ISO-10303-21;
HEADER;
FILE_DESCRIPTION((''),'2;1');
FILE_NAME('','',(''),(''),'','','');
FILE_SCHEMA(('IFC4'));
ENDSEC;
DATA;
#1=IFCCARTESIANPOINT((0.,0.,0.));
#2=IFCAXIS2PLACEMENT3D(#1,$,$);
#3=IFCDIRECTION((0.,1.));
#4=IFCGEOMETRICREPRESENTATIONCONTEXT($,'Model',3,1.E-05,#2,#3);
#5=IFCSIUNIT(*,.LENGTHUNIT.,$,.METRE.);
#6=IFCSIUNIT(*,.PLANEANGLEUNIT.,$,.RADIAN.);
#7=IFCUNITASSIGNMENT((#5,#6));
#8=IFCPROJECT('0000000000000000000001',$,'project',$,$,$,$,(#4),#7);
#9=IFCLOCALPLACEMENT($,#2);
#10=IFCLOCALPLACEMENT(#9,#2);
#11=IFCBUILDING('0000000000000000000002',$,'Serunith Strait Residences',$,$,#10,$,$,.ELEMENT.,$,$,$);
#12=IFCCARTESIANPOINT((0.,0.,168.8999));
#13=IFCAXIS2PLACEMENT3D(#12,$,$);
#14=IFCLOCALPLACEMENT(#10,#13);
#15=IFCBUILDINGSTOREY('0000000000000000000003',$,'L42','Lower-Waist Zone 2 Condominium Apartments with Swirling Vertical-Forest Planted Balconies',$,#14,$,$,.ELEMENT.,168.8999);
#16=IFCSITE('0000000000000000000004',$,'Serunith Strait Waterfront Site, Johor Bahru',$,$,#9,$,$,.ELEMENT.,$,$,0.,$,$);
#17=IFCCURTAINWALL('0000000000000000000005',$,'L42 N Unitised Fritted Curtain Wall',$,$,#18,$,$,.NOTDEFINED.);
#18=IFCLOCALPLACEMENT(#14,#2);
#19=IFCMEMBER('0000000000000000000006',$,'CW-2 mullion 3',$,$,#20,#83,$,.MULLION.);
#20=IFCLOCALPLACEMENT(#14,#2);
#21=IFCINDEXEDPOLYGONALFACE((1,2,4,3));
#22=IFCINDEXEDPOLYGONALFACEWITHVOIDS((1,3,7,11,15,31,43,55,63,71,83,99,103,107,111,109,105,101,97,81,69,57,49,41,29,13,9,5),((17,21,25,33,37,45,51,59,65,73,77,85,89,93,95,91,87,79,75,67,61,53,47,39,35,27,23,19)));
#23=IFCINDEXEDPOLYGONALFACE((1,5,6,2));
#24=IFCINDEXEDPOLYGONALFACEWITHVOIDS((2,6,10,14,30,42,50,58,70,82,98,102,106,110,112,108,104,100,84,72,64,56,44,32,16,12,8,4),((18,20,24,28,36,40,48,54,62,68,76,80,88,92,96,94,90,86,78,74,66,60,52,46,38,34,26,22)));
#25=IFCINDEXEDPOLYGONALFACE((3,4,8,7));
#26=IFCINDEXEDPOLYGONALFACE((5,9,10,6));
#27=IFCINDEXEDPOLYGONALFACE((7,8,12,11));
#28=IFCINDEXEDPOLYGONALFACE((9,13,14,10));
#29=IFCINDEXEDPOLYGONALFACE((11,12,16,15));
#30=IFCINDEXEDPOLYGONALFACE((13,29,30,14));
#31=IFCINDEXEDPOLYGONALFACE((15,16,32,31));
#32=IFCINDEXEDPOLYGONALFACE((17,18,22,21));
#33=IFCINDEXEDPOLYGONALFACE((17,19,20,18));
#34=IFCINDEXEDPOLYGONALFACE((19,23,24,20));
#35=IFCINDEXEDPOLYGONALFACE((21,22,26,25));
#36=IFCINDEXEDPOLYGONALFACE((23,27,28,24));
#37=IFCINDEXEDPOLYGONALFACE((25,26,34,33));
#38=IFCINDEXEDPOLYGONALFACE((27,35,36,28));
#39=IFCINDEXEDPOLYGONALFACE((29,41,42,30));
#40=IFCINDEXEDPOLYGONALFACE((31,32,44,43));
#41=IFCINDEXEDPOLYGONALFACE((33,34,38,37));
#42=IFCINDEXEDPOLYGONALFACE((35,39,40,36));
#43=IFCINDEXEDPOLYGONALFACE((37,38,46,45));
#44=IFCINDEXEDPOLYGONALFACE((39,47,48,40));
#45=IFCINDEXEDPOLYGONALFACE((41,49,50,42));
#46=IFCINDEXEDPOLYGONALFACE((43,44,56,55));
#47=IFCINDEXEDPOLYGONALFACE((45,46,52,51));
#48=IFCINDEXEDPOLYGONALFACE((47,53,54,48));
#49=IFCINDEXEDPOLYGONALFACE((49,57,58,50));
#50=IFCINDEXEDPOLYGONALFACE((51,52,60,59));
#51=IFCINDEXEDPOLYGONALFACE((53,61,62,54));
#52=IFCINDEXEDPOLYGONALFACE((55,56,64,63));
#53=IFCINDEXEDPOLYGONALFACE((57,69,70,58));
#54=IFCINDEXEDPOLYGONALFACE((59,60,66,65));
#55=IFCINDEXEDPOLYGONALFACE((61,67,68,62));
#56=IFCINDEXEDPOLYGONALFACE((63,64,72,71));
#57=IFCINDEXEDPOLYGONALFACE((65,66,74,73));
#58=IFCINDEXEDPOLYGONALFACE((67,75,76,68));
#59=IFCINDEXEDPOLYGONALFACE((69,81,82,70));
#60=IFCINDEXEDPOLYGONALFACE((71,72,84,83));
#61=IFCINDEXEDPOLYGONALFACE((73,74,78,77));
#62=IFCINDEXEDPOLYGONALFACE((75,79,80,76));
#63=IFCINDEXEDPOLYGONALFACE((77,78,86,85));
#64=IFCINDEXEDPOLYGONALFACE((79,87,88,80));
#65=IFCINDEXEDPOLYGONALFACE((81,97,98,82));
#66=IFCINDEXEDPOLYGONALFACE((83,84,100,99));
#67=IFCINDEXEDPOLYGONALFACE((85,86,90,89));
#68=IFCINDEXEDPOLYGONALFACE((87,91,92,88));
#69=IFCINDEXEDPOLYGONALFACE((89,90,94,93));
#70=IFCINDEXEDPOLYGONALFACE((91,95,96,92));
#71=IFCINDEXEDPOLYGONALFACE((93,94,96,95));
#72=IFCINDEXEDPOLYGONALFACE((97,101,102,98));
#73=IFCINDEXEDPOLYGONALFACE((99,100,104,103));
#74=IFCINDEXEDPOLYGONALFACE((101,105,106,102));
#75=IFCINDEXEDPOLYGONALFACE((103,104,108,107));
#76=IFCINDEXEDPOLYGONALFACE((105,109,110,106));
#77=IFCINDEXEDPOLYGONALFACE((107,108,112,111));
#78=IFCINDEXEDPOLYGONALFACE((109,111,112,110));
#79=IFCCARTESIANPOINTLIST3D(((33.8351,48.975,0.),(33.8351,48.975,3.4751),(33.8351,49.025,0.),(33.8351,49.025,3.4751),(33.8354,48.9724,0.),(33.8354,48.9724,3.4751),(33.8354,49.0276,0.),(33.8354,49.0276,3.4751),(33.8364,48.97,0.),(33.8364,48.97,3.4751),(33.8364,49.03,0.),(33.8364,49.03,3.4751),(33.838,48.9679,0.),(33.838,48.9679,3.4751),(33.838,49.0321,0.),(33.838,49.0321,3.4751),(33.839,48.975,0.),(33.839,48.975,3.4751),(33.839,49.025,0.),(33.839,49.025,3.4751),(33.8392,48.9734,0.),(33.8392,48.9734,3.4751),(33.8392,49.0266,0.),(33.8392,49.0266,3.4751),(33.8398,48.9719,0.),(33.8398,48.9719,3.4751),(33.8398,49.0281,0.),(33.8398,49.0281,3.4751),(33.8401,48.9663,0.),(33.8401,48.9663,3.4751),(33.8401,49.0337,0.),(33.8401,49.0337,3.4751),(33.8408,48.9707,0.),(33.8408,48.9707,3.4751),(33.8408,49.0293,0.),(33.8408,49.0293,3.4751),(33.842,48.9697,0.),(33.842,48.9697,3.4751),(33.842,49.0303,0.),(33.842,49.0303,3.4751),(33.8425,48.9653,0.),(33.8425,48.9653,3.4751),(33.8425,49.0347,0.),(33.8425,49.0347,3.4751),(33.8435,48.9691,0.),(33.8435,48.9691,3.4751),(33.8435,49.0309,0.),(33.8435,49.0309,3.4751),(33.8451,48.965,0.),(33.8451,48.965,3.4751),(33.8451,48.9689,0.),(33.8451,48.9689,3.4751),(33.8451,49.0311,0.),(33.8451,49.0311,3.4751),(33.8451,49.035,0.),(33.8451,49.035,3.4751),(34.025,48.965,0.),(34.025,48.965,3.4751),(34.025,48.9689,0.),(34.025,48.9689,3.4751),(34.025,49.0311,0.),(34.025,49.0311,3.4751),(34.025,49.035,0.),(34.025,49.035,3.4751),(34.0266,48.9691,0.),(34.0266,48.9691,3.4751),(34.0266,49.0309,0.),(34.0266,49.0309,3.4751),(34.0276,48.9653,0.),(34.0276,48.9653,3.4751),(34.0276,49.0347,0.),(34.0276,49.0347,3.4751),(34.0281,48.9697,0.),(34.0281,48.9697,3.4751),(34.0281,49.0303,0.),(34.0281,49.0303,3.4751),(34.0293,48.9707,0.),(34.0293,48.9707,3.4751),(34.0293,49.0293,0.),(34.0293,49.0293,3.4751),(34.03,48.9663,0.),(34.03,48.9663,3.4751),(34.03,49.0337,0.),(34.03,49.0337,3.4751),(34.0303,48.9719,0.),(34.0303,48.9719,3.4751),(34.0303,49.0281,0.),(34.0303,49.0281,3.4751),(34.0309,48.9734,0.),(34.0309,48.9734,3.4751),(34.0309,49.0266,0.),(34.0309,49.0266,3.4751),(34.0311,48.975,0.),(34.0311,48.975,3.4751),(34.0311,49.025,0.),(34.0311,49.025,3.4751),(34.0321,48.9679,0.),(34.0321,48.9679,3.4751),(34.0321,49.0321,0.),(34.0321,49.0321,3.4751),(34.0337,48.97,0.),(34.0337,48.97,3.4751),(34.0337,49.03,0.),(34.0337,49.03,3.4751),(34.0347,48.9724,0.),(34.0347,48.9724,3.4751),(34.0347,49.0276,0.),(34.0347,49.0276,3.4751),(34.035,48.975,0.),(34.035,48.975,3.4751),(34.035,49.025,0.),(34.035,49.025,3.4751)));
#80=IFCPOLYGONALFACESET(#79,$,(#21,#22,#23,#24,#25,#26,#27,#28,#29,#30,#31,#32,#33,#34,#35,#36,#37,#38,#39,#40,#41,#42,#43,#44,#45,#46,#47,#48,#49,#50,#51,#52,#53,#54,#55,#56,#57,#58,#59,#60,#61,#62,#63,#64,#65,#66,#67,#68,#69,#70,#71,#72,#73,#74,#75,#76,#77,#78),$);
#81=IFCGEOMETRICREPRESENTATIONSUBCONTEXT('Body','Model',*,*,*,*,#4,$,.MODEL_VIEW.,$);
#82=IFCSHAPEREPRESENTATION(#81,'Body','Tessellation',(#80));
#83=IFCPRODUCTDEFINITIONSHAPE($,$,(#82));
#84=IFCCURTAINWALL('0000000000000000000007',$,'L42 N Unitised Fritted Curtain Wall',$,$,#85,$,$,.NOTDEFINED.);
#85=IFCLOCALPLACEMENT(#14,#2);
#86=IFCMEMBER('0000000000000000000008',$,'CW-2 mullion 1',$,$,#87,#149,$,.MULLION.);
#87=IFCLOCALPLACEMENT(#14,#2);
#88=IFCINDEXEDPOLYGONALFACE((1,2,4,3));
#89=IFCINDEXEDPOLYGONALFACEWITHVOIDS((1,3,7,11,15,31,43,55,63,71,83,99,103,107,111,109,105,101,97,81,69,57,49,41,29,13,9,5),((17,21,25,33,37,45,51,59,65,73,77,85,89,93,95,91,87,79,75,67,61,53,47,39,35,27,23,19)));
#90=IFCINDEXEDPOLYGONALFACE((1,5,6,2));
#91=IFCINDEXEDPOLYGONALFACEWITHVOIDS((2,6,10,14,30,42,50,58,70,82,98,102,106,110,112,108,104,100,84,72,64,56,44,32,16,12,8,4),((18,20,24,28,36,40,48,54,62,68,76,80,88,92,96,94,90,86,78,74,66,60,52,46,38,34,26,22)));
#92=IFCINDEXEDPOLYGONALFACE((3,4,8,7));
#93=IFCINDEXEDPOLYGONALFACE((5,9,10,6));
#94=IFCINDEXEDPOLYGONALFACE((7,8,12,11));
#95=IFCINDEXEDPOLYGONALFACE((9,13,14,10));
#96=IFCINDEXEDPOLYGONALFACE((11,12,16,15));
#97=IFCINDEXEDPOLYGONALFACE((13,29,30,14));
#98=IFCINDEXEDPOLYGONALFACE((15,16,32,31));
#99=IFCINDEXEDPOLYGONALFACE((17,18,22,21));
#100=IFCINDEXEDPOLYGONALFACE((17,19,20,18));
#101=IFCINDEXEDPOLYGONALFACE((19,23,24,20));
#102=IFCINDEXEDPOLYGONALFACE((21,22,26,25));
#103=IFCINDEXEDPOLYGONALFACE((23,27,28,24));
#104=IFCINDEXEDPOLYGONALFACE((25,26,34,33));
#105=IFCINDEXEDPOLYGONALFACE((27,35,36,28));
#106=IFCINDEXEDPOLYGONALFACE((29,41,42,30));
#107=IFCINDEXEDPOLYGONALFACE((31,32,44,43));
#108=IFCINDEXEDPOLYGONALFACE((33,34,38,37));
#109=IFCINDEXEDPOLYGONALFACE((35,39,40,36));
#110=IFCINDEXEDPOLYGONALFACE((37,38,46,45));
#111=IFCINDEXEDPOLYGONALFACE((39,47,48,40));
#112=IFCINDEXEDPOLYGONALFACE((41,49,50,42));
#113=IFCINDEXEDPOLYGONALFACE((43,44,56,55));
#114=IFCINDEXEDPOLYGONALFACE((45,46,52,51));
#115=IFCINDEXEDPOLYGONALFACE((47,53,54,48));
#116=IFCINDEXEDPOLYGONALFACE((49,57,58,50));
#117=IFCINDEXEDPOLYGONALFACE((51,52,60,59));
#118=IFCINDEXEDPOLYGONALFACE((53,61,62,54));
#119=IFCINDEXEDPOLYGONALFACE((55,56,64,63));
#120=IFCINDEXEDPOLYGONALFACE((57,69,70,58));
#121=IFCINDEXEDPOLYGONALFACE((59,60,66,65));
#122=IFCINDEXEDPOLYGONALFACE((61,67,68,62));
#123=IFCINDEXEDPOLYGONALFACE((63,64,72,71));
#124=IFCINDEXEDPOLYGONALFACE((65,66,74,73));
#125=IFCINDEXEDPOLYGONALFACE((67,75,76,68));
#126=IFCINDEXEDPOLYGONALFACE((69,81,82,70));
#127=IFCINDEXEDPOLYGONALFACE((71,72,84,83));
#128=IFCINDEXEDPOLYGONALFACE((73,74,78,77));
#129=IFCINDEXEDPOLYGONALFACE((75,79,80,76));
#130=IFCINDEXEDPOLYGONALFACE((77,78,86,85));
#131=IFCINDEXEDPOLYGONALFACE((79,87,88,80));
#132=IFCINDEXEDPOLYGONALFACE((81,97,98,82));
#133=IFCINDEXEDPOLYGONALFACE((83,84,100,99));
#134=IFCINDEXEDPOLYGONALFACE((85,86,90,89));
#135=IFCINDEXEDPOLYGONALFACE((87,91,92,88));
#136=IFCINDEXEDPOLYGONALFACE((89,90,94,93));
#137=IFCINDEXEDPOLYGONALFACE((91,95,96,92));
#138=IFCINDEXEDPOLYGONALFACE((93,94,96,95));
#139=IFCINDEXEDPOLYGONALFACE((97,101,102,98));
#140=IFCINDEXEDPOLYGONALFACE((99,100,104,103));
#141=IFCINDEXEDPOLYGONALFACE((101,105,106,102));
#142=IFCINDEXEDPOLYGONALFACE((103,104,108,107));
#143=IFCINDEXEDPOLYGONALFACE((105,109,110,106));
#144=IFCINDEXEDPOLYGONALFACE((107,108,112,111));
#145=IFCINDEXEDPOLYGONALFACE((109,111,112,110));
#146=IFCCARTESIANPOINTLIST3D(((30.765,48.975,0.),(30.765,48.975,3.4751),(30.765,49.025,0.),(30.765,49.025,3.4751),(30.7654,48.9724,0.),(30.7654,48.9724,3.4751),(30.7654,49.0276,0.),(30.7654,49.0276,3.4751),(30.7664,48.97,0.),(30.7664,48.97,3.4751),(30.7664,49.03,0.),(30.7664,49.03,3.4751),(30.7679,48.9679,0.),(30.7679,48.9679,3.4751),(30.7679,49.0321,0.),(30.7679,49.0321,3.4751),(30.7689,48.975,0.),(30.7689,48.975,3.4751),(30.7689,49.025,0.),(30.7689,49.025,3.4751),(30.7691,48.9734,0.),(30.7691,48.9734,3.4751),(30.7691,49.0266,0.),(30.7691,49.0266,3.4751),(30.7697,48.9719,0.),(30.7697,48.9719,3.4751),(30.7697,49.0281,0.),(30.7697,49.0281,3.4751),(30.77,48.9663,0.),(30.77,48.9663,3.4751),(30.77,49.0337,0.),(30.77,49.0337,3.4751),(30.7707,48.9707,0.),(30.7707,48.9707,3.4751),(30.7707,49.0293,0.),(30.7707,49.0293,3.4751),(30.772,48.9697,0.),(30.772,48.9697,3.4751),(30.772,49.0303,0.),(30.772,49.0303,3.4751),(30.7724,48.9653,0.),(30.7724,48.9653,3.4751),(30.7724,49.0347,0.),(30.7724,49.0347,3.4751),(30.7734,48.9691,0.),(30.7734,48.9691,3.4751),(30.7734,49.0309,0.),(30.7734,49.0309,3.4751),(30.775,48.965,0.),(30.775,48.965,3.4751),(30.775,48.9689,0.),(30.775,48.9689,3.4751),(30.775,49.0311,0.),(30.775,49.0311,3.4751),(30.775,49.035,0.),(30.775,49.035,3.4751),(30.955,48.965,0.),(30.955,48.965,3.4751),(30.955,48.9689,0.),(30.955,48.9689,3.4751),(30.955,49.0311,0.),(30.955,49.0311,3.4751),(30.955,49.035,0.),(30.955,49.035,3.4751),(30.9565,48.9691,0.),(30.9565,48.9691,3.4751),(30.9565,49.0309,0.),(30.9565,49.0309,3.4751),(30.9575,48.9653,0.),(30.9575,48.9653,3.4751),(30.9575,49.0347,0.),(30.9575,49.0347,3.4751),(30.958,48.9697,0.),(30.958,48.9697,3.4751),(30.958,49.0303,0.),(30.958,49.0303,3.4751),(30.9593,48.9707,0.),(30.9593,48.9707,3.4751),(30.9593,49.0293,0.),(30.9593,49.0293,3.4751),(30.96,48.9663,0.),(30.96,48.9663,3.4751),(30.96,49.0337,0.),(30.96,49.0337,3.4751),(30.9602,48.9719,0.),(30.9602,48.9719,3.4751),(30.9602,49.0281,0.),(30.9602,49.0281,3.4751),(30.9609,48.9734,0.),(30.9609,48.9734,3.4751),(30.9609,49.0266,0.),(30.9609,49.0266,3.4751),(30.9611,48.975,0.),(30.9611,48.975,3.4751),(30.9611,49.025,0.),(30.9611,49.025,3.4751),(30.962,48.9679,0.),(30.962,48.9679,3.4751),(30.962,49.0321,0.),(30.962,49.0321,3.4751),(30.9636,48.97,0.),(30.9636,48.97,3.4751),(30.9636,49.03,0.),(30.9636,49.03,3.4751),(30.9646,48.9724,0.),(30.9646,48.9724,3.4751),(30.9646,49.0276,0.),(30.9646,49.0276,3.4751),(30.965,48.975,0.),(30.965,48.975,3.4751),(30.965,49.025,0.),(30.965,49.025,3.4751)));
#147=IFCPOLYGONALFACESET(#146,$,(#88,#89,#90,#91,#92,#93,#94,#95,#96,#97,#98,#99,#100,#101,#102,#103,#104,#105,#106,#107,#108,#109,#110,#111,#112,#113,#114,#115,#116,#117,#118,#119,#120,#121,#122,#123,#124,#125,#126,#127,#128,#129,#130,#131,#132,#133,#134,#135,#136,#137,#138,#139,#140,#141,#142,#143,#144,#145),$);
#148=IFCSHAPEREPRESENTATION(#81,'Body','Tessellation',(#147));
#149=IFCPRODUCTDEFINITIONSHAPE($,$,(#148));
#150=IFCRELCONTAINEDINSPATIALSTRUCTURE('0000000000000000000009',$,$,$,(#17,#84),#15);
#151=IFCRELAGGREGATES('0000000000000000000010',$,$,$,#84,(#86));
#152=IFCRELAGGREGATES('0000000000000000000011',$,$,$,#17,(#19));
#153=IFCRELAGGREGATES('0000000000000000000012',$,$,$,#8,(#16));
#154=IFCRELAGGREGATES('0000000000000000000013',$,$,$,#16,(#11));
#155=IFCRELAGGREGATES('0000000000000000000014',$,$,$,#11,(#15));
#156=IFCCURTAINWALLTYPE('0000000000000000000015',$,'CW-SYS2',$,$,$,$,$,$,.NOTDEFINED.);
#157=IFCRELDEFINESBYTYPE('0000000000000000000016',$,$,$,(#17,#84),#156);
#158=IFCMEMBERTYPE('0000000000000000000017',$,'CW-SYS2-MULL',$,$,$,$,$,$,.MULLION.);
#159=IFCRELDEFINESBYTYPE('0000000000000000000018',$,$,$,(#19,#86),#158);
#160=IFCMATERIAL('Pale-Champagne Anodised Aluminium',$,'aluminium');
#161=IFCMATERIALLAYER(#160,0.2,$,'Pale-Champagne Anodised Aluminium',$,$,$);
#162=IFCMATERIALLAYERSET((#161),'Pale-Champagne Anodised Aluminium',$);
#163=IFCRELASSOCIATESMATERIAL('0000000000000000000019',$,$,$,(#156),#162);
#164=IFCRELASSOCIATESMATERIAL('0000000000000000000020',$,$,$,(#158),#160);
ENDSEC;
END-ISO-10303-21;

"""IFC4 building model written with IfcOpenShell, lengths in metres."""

from ifc_helpers import new_model, si_unit, direction, frame, origin, origin_2d, place, context, subcontext, project, spatial, hollow_rectangle, extrude, source, transform, mapped, material, layer, layer_set, material_profile, profile_set, type_object, element, aggregate, save


model = new_model("IFC4")

# Units and contexts
model_context = context("Model", 3, precision=1e-05, world=origin(), true_north=direction((0.0, 1.0)))
body_context = subcontext(model_context, "Body", "Model", "MODEL_VIEW")
ifc_project = project(units=[si_unit("LENGTHUNIT", "METRE"), si_unit("PLANEANGLEUNIT", "RADIAN")], contexts=[model_context])

# Site, building, storey
site_placement = place(None, origin())
site = spatial("IfcSite", under=ifc_project, at=site_placement, Name="Serunith Strait Waterfront Site, Johor Bahru", CompositionType="ELEMENT", RefElevation=0.0)
building_placement = place(site_placement, origin())
building = spatial("IfcBuilding", under=site, at=building_placement, Name="Serunith Strait Residences", CompositionType="ELEMENT")
storey_placement = place(building_placement, frame((0.0, 0.0, 168.8999)))
storey = spatial("IfcBuildingStorey", under=building, at=storey_placement, Name="L42", Description="Lower-Waist Zone 2 Condominium Apartments with Swirling Vertical-Forest Planted Balconies", CompositionType="ELEMENT", Elevation=168.8999)

# Curtain wall, member
ifc_material_1 = material(Name="Pale-Champagne Anodised Aluminium", Category="aluminium")
ifc_layer_1 = layer(ifc_material_1, 0.2, Name="Pale-Champagne Anodised Aluminium")
ifc_layer_set_1 = layer_set([ifc_layer_1], Name="Pale-Champagne Anodised Aluminium")
curtain_wall_type = type_object("IfcCurtainWallType", Name="CW-SYS2", PredefinedType="NOTDEFINED", material=ifc_layer_set_1)
curtain_wall_1_placement = place(storey_placement, origin())
curtain_wall_1 = element("IfcCurtainWall", 1, at=curtain_wall_1_placement, inside=storey, type_object=curtain_wall_type, Name="L42 N Unitised Fritted Curtain Wall", PredefinedType="NOTDEFINED")
ifc_material_profile_1 = material_profile(ifc_material_1, hollow_rectangle(XDim=0.0701, YDim=0.2, WallThickness=0.0039, InnerFilletRadius=0.0061, OuterFilletRadius=0.01, at=origin_2d()), Name="ALU 200x70x4")
ifc_profile_set_1 = profile_set([ifc_material_profile_1], Name="Pale-Champagne Anodised Aluminium")
member_type_1 = type_object("IfcMemberType", Name="CW-SYS2-MULL", PredefinedType="MULLION", material=ifc_profile_set_1)
shared_shape_1 = source(origin(), body_context, "Body", "SweptSolid", [
    extrude(hollow_rectangle(XDim=0.0701, YDim=0.2, WallThickness=0.0039, InnerFilletRadius=0.0061, OuterFilletRadius=0.01, at=origin_2d()), origin(), (0.0, 0.0, 1.0), 3.4751),
])
member_1_placement = place(storey_placement, frame((33.9351, 49.0, 0.0), z_axis=(0.0, 0.0, 1.0), x_axis=(0.0, -1.0, 0.0)))
member_1 = element("IfcMember", 2, at=member_1_placement, type_object=member_type_1, Name="CW-2 mullion 3", PredefinedType="MULLION", context=body_context, shape_type="MappedRepresentation", body=[
    mapped(shared_shape_1, transform((0.0, 0.0, 0.0), scale=1.0)),
])

# Curtain wall, member
curtain_wall_2_placement = place(storey_placement, origin())
curtain_wall_2 = element("IfcCurtainWall", 3, at=curtain_wall_2_placement, inside=storey, type_object=curtain_wall_type, Name="L42 N Unitised Fritted Curtain Wall", PredefinedType="NOTDEFINED")
member_2_placement = place(storey_placement, frame((30.865, 49.0, 0.0), z_axis=(0.0, 0.0, 1.0), x_axis=(0.0, -1.0, 0.0)))
member_2 = element("IfcMember", 4, at=member_2_placement, type_object=member_type_1, Name="CW-2 mullion 1", PredefinedType="MULLION", context=body_context, shape_type="MappedRepresentation", body=[
    mapped(shared_shape_1, transform((0.0, 0.0, 0.0), scale=1.0)),
])

aggregate(curtain_wall_2, [member_2])

aggregate(curtain_wall_1, [member_1])

save(model, "model.ifc")
